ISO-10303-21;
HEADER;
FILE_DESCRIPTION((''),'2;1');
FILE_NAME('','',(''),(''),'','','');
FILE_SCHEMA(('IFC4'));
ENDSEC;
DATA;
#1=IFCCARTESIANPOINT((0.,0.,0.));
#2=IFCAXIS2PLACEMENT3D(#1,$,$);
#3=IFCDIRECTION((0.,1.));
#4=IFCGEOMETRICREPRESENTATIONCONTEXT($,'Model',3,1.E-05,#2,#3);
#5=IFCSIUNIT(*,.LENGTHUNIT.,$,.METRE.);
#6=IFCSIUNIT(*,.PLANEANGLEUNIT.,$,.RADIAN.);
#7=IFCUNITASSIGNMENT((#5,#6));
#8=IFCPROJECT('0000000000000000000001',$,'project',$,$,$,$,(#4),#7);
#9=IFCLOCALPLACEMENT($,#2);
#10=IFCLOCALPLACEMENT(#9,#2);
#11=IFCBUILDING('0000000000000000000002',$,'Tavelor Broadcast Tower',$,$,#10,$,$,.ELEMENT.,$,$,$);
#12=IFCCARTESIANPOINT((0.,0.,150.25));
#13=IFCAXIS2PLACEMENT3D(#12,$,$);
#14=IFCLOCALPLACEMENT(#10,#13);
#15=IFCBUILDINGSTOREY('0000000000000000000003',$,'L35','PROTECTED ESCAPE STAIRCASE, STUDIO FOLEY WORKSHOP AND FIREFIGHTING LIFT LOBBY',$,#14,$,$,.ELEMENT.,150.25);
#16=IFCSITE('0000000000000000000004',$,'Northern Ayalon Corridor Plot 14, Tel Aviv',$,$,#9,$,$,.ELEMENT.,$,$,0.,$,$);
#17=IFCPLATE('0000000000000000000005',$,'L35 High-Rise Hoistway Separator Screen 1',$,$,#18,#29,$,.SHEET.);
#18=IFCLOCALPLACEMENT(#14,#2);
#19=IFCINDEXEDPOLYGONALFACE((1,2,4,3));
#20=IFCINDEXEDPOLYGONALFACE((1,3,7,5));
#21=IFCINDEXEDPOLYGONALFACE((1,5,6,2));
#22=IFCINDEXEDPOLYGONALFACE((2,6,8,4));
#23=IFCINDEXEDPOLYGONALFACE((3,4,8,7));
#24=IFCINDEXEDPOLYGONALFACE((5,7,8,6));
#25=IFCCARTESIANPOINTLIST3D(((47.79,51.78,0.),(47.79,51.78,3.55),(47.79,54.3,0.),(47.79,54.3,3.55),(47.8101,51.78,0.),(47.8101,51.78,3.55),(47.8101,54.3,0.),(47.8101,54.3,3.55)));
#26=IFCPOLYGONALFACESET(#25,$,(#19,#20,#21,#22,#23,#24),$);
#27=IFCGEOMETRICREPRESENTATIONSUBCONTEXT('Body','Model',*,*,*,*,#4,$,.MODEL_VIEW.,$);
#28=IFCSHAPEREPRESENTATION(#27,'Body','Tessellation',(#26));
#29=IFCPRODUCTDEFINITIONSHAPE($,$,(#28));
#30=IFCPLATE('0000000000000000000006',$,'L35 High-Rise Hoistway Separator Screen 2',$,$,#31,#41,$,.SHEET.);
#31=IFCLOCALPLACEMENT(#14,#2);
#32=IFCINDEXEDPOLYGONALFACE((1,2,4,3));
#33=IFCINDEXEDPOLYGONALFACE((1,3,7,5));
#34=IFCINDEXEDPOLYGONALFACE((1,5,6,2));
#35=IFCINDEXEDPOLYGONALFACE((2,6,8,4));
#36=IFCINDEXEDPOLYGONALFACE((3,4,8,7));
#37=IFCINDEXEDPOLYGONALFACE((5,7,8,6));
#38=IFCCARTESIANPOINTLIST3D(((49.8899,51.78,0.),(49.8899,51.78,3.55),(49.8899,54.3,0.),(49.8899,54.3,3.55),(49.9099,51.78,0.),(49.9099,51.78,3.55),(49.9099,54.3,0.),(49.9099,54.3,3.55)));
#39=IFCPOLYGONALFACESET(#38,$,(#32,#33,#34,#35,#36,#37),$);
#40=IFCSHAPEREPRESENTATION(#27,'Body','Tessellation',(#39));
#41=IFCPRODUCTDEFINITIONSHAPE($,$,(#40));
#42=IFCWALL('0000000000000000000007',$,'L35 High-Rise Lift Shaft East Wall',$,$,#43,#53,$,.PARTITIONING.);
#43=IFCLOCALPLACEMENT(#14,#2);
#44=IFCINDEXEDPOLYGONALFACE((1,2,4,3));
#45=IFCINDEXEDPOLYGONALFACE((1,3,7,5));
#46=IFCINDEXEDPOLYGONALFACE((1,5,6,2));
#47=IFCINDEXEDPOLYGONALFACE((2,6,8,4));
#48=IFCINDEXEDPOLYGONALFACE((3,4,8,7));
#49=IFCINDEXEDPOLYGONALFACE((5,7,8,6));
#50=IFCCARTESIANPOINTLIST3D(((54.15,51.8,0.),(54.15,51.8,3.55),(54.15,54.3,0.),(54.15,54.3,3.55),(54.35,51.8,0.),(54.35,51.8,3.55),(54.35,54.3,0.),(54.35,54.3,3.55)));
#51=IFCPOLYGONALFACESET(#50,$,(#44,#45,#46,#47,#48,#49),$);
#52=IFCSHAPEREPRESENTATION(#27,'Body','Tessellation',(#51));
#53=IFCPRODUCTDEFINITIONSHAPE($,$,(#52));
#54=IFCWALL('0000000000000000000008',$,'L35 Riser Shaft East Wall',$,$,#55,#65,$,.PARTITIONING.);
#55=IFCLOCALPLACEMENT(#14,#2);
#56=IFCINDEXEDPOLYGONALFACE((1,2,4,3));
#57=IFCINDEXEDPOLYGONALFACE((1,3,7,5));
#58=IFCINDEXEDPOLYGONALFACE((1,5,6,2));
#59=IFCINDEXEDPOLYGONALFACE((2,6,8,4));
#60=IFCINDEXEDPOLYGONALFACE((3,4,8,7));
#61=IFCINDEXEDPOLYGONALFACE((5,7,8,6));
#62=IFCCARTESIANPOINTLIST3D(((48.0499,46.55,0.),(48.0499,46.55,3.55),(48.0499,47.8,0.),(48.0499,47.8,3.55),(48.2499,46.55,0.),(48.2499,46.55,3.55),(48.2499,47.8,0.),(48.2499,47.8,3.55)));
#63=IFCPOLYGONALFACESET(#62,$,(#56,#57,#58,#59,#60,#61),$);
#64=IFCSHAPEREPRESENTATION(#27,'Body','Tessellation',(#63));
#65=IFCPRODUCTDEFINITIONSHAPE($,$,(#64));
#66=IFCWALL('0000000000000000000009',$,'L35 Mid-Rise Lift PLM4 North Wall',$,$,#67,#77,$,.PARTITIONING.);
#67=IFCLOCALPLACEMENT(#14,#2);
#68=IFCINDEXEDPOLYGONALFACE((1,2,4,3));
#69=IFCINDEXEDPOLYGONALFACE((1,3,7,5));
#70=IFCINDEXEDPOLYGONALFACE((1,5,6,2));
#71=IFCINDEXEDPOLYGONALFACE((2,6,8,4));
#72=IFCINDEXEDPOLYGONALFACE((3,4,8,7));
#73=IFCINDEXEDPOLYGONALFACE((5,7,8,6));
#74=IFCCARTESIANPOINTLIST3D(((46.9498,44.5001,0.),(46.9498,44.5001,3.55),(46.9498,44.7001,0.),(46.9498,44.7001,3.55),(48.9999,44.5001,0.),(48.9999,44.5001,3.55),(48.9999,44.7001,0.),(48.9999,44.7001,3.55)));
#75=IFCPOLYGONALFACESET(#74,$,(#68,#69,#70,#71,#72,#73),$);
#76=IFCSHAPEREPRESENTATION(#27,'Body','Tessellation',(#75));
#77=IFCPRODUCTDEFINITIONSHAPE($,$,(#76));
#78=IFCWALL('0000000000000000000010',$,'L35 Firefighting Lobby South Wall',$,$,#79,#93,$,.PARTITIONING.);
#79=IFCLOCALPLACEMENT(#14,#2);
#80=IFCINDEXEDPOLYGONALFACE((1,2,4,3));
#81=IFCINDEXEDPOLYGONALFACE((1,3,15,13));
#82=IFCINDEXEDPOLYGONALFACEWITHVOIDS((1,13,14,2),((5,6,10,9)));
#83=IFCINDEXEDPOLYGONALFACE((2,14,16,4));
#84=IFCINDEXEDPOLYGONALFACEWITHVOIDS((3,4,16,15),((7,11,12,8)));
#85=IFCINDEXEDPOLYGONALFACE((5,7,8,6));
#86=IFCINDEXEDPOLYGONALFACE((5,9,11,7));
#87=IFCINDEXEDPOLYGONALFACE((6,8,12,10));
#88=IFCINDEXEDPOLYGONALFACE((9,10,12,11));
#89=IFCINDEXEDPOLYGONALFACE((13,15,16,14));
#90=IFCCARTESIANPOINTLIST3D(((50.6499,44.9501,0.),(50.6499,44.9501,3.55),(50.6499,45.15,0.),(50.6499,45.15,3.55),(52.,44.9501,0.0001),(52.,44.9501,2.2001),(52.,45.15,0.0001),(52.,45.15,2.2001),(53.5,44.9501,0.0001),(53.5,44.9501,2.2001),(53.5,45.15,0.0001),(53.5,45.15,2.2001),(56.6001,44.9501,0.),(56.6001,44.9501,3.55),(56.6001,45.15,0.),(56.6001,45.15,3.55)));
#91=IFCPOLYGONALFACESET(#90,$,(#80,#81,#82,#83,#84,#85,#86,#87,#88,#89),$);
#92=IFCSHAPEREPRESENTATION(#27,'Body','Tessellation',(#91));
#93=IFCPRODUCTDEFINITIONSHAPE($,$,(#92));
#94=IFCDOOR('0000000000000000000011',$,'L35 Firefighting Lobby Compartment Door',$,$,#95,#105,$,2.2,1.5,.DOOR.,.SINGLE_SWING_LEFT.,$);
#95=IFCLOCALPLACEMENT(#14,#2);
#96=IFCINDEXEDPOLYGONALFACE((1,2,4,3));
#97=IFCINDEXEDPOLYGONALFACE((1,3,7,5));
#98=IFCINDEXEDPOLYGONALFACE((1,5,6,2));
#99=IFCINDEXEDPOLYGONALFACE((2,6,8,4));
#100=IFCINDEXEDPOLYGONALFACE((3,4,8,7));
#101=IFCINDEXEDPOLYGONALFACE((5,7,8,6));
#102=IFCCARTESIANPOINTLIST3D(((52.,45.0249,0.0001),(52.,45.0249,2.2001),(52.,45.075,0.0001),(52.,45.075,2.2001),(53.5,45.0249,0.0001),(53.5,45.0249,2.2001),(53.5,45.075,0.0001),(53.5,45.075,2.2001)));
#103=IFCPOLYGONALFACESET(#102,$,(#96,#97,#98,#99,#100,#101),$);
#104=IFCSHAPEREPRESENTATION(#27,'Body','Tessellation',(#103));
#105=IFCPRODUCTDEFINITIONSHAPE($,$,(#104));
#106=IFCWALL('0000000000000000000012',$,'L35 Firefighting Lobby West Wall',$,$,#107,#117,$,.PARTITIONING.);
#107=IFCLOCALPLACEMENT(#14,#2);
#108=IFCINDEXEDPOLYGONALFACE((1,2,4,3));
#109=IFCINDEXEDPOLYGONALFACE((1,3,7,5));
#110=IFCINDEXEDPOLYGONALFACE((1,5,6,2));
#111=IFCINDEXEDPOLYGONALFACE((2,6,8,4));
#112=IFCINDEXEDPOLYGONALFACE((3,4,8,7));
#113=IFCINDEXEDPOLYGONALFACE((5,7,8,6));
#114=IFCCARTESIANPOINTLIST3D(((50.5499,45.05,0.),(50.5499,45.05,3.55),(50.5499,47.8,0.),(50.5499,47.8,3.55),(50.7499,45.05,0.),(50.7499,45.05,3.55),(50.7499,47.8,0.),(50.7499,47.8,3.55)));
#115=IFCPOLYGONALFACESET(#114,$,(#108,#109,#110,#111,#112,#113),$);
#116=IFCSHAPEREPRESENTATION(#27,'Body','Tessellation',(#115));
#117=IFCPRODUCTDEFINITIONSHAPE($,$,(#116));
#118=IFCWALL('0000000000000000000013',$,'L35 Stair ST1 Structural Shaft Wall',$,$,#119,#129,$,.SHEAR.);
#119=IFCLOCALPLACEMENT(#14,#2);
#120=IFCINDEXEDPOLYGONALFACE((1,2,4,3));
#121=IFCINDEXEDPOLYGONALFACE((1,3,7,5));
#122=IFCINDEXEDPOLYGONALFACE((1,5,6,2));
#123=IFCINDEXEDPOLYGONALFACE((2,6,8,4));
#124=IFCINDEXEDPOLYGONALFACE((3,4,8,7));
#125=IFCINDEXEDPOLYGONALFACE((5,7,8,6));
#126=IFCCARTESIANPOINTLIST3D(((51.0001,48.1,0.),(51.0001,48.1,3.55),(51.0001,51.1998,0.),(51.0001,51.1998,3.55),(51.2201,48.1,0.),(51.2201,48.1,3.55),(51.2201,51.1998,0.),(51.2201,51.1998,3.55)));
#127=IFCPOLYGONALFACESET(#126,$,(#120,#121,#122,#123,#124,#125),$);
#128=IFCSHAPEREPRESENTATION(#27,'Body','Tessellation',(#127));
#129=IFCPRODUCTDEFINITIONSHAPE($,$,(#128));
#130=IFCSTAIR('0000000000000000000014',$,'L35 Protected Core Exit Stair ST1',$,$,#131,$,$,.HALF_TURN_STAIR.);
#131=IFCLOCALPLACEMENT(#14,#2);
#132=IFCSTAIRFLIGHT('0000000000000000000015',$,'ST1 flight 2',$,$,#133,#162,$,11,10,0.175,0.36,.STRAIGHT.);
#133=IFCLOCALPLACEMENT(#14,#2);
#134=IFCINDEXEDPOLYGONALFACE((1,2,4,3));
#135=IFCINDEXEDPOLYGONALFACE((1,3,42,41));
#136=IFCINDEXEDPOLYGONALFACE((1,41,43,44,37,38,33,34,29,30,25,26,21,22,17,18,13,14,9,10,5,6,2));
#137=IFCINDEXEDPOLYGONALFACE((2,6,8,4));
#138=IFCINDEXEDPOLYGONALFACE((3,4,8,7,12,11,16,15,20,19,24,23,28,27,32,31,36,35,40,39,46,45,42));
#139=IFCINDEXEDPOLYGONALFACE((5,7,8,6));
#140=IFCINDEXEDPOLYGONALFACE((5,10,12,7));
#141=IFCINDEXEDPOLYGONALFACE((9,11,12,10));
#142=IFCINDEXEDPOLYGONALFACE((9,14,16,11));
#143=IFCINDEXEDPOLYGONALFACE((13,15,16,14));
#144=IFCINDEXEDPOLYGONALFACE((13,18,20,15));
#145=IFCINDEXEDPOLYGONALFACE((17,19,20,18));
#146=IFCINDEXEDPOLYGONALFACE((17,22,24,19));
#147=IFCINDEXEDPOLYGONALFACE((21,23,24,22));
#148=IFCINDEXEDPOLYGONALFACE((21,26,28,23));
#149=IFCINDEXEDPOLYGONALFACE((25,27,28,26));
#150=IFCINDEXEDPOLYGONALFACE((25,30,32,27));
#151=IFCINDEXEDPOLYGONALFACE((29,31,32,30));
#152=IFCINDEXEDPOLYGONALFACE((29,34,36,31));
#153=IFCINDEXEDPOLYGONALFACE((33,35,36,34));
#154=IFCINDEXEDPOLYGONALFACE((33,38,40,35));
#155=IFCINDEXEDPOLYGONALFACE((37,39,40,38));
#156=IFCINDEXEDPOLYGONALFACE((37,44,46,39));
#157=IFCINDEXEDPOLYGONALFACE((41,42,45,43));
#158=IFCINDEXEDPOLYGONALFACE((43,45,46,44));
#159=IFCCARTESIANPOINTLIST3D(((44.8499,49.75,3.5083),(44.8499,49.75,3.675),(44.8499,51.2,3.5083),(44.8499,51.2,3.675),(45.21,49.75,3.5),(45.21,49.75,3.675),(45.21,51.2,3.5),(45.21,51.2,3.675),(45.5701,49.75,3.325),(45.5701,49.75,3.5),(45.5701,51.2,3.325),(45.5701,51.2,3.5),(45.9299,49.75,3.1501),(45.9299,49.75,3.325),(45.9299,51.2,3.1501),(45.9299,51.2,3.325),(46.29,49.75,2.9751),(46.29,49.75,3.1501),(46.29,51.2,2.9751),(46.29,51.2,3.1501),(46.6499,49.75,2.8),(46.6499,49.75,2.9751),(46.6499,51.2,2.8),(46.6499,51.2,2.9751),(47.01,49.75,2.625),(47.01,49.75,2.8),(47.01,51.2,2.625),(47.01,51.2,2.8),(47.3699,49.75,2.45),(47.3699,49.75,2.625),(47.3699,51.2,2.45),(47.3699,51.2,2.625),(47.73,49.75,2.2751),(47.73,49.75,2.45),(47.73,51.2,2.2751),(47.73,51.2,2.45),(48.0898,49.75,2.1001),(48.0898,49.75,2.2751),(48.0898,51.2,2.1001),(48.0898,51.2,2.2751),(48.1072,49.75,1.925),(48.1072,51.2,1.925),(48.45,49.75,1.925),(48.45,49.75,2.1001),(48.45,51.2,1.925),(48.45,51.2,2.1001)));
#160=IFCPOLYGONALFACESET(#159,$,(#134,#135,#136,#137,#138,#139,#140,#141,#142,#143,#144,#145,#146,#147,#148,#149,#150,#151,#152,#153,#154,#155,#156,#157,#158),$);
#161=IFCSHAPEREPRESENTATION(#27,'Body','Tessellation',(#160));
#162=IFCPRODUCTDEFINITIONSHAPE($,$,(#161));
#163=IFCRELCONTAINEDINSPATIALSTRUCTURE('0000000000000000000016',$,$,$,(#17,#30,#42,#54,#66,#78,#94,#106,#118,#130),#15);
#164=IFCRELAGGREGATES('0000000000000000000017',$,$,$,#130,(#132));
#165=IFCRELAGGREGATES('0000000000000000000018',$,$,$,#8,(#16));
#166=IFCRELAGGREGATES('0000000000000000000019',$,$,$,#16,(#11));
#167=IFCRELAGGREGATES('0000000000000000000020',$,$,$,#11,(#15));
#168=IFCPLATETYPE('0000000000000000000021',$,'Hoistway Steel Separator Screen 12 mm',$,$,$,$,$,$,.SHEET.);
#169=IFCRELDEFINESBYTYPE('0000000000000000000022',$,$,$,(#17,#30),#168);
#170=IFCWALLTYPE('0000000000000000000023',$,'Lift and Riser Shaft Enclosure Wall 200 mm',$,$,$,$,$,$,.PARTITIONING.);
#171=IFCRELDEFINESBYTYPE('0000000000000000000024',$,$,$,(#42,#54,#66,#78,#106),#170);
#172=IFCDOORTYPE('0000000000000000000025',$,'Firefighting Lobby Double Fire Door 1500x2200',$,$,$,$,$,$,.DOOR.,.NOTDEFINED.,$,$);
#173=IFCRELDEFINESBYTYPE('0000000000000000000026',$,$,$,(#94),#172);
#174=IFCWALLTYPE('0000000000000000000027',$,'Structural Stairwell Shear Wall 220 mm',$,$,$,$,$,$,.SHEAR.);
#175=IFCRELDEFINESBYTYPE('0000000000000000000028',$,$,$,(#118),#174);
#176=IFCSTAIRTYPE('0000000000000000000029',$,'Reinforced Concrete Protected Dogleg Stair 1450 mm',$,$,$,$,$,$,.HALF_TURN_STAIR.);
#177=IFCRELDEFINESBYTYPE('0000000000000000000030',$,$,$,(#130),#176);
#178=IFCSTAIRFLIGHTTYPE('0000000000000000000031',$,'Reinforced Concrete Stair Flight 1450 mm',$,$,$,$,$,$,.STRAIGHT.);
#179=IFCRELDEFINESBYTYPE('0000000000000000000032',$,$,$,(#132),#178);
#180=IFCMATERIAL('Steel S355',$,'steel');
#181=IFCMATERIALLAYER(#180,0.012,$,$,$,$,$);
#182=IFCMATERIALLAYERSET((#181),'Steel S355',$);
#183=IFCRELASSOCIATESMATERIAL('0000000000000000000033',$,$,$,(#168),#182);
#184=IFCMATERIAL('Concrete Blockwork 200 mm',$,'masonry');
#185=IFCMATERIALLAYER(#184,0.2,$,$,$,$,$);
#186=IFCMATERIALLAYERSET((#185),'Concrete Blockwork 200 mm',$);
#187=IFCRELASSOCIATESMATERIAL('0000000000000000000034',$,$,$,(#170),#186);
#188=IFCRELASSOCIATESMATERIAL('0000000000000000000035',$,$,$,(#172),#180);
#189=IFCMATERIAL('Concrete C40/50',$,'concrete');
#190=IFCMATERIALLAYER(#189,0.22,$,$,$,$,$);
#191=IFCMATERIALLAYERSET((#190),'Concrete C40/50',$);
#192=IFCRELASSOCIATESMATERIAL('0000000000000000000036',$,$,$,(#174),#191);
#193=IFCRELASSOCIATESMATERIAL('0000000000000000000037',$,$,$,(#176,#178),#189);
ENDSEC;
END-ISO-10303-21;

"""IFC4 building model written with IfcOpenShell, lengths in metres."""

from ifc_helpers import new_model, si_unit, direction, frame, frame_2d, origin, origin_2d, place, context, subcontext, project, spatial, polyline, rectangle, outline, extrude, source, transform, mapped, material, layer, layer_set, type_object, type_shapes, element, fill, aggregate, save


model = new_model("IFC4")

# Units and contexts
model_context = context("Model", 3, precision=1e-05, world=origin(), true_north=direction((0.0, 1.0)))
body_context = subcontext(model_context, "Body", "Model", "MODEL_VIEW")
ifc_project = project(units=[si_unit("LENGTHUNIT", "METRE"), si_unit("PLANEANGLEUNIT", "RADIAN")], contexts=[model_context])

# Site, building, storey
site_placement = place(None, origin())
site = spatial("IfcSite", under=ifc_project, at=site_placement, Name="Northern Ayalon Corridor Plot 14, Tel Aviv", CompositionType="ELEMENT", RefElevation=0.0)
building_placement = place(site_placement, origin())
building = spatial("IfcBuilding", under=site, at=building_placement, Name="Tavelor Broadcast Tower", CompositionType="ELEMENT")
storey_placement = place(building_placement, frame((0.0, 0.0, 150.25)))
storey = spatial("IfcBuildingStorey", under=building, at=storey_placement, Name="L35", Description="PROTECTED ESCAPE STAIRCASE, STUDIO FOLEY WORKSHOP AND FIREFIGHTING LIFT LOBBY", CompositionType="ELEMENT", Elevation=150.25)

# Shared definitions
ifc_material_1 = material(Name="Concrete C40/50", Category="concrete")
ifc_material_2 = material(Name="Steel S355", Category="steel")

# Plates
ifc_layer_1 = layer(ifc_material_2, 0.012)
ifc_layer_set_1 = layer_set([ifc_layer_1], Name="Steel S355")
plate_type = type_object("IfcPlateType", Name="Hoistway Steel Separator Screen 12 mm", PredefinedType="SHEET", material=ifc_layer_set_1)
shared_shape = source(origin(), body_context, "Body", "SweptSolid", [
    extrude(rectangle(XDim=0.02, YDim=2.52, at=origin_2d()), origin(), (0.0, 0.0, 1.0), 3.55),
])
type_shapes(plate_type, [shared_shape])
for number, where, z_axis, x_axis, name in (
    (1, (47.8, 53.04, 0.0), (0.0, 0.0, 1.0), (1.0, 0.0, 0.0), "L35 High-Rise Hoistway Separator Screen 1"),
    (2, (49.8999, 53.04, 0.0), (0.0, 0.0, 1.0), (1.0, 0.0, 0.0), "L35 High-Rise Hoistway Separator Screen 2"),
):
    element("IfcPlate", number, at=place(storey_placement, frame(where, z_axis=z_axis, x_axis=x_axis)), inside=storey, type_object=plate_type, Name=name, PredefinedType="SHEET", context=body_context, shape_type="MappedRepresentation", body=[
        mapped(shared_shape, transform((0.0, 0.0, 0.0), scale=1.0)),
    ])

# Walls
ifc_material_3 = material(Name="Concrete Blockwork 200 mm", Category="masonry")
ifc_layer_2 = layer(ifc_material_3, 0.2)
ifc_layer_set_2 = layer_set([ifc_layer_2], Name="Concrete Blockwork 200 mm")
wall_type_1 = type_object("IfcWallType", Name="Lift and Riser Shaft Enclosure Wall 200 mm", PredefinedType="PARTITIONING", material=ifc_layer_set_2)
wall_1_placement = place(storey_placement, frame((54.25, 51.8, 0.0), z_axis=(0.0, 0.0, 1.0), x_axis=(0.0, 1.0, 0.0)))
element("IfcWall", 3, at=wall_1_placement, inside=storey, type_object=wall_type_1, Name="L35 High-Rise Lift Shaft East Wall", PredefinedType="PARTITIONING", context=body_context, shape_type="SweptSolid", body=[
    extrude(rectangle(XDim=2.5, YDim=0.2, at=frame_2d((1.25, 0.0))), origin(), (0.0, 0.0, 1.0), 3.55),
])
wall_2_placement = place(storey_placement, frame((48.1499, 46.55, 0.0), z_axis=(0.0, 0.0, 1.0), x_axis=(0.0, 1.0, 0.0)))
element("IfcWall", 4, at=wall_2_placement, inside=storey, type_object=wall_type_1, Name="L35 Riser Shaft East Wall", PredefinedType="PARTITIONING", context=body_context, shape_type="SweptSolid", body=[
    extrude(rectangle(XDim=1.25, YDim=0.2, at=frame_2d((0.625, 0.0))), origin(), (0.0, 0.0, 1.0), 3.55),
])
wall_3_placement = place(storey_placement, frame((46.95, 44.6001, 0.0), z_axis=(0.0, 0.0, 1.0), x_axis=(1.0, 0.0, 0.0)))
element("IfcWall", 5, at=wall_3_placement, inside=storey, type_object=wall_type_1, Name="L35 Mid-Rise Lift PLM4 North Wall", PredefinedType="PARTITIONING", context=body_context, shape_type="SweptSolid", body=[
    extrude(rectangle(XDim=2.05, YDim=0.2, at=frame_2d((1.0249, 0.0))), origin(), (0.0, 0.0, 1.0), 3.55),
])

# Wall, opening, door
wall_4_placement = place(storey_placement, frame((50.6499, 45.05, 0.0), z_axis=(0.0, 0.0, 1.0), x_axis=(1.0, 0.0, 0.0)))
wall_4 = element("IfcWall", 6, at=wall_4_placement, inside=storey, type_object=wall_type_1, Name="L35 Firefighting Lobby South Wall", PredefinedType="PARTITIONING", context=body_context, shape_type="SweptSolid", body=[
    extrude(rectangle(XDim=5.9502, YDim=0.2, at=frame_2d((2.9751, 0.0))), origin(), (0.0, 0.0, 1.0), 3.55),
])
opening_placement = place(wall_4_placement, frame((1.3501, 0.0, 0.0)))
opening = element("IfcOpeningElement", 7, at=opening_placement, cuts=wall_4, PredefinedType="OPENING", context=body_context, shape_type="SweptSolid", body=[
    extrude(rectangle(XDim=1.5, YDim=2.2, at=frame_2d((0.75, 1.1001))), frame((0.0, 0.1099, 0.0), z_axis=(0.0, -1.0, 0.0), x_axis=(1.0, 0.0, 0.0)), (0.0, 0.0, 1.0), 0.22),
])
door_type = type_object("IfcDoorType", Name="Firefighting Lobby Double Fire Door 1500x2200", OperationType="NOTDEFINED", PredefinedType="DOOR", material=ifc_material_2)
door_placement = place(opening_placement, origin())
door = element("IfcDoor", 8, at=door_placement, inside=storey, type_object=door_type, Name="L35 Firefighting Lobby Compartment Door", OperationType="SINGLE_SWING_LEFT", OverallHeight=2.2, OverallWidth=1.5, PredefinedType="DOOR", context=body_context, shape_type="SweptSolid", body=[
    extrude(rectangle(XDim=1.5, YDim=2.2, at=frame_2d((0.75, 1.1001))), frame((0.0, 0.0249, 0.0), z_axis=(0.0, -1.0, 0.0), x_axis=(1.0, 0.0, 0.0)), (0.0, 0.0, 1.0), 0.05),
])
fill(opening, door)

# Walls
wall_5_placement = place(storey_placement, frame((50.6499, 45.05, 0.0), z_axis=(0.0, 0.0, 1.0), x_axis=(0.0, 1.0, 0.0)))
element("IfcWall", 9, at=wall_5_placement, inside=storey, type_object=wall_type_1, Name="L35 Firefighting Lobby West Wall", PredefinedType="PARTITIONING", context=body_context, shape_type="SweptSolid", body=[
    extrude(rectangle(XDim=2.75, YDim=0.2, at=frame_2d((1.375, 0.0))), origin(), (0.0, 0.0, 1.0), 3.55),
])
ifc_layer_3 = layer(ifc_material_1, 0.22)
ifc_layer_set_3 = layer_set([ifc_layer_3], Name="Concrete C40/50")
wall_type_2 = type_object("IfcWallType", Name="Structural Stairwell Shear Wall 220 mm", PredefinedType="SHEAR", material=ifc_layer_set_3)
wall_6_placement = place(storey_placement, frame((51.1101, 48.1001, 0.0), z_axis=(0.0, 0.0, 1.0), x_axis=(0.0, 1.0, 0.0)))
element("IfcWall", 10, at=wall_6_placement, inside=storey, type_object=wall_type_2, Name="L35 Stair ST1 Structural Shaft Wall", PredefinedType="SHEAR", context=body_context, shape_type="SweptSolid", body=[
    extrude(rectangle(XDim=3.0999, YDim=0.22, at=frame_2d((1.5498, 0.0))), origin(), (0.0, 0.0, 1.0), 3.55),
])

# Stair, stair flight
stair_type = type_object("IfcStairType", Name="Reinforced Concrete Protected Dogleg Stair 1450 mm", PredefinedType="HALF_TURN_STAIR", material=ifc_material_1)
stair_placement = place(storey_placement, origin())
stair = element("IfcStair", 11, at=stair_placement, inside=storey, type_object=stair_type, Name="L35 Protected Core Exit Stair ST1", PredefinedType="HALF_TURN_STAIR")
stair_flight_type = type_object("IfcStairFlightType", Name="Reinforced Concrete Stair Flight 1450 mm", PredefinedType="STRAIGHT", material=ifc_material_1)
stair_flight_placement = place(storey_placement, frame((48.45, 50.4751, 1.925), z_axis=(0.0, 0.0, 1.0), x_axis=(-1.0, 0.0, 0.0)))
stair_flight = element("IfcStairFlight", 12, at=stair_flight_placement, type_object=stair_flight_type, Name="ST1 flight 2", NumberOfRisers=11, NumberOfTreads=10, PredefinedType="STRAIGHT", RiserHeight=0.175, TreadLength=0.36, context=body_context, shape_type="SweptSolid", body=[
    extrude(outline(polyline([(0.0, 0.0), (0.0, 0.175), (0.3601, 0.175), (0.3601, 0.3501), (0.72, 0.3501), (0.72, 0.5249), (1.0801, 0.5249), (1.0801, 0.7), (1.4399, 0.7), (1.4399, 0.875), (1.8, 0.875), (1.8, 1.05), (2.1599, 1.05), (2.1599, 1.2251), (2.52, 1.2251), (2.52, 1.3999), (2.8799, 1.3999), (2.8799, 1.575), (3.24, 1.575), (3.24, 1.75), (3.6001, 1.75), (3.6001, 1.925), (3.6001, 1.5833), (0.3428, 0.0), (0.0, 0.0)])), frame((0.0, 0.7251, 0.0), z_axis=(0.0, -1.0, 0.0), x_axis=(1.0, 0.0, 0.0)), (0.0, 0.0, 1.0), 1.45),
])
aggregate(stair, [stair_flight])

save(model, "model.ifc")
